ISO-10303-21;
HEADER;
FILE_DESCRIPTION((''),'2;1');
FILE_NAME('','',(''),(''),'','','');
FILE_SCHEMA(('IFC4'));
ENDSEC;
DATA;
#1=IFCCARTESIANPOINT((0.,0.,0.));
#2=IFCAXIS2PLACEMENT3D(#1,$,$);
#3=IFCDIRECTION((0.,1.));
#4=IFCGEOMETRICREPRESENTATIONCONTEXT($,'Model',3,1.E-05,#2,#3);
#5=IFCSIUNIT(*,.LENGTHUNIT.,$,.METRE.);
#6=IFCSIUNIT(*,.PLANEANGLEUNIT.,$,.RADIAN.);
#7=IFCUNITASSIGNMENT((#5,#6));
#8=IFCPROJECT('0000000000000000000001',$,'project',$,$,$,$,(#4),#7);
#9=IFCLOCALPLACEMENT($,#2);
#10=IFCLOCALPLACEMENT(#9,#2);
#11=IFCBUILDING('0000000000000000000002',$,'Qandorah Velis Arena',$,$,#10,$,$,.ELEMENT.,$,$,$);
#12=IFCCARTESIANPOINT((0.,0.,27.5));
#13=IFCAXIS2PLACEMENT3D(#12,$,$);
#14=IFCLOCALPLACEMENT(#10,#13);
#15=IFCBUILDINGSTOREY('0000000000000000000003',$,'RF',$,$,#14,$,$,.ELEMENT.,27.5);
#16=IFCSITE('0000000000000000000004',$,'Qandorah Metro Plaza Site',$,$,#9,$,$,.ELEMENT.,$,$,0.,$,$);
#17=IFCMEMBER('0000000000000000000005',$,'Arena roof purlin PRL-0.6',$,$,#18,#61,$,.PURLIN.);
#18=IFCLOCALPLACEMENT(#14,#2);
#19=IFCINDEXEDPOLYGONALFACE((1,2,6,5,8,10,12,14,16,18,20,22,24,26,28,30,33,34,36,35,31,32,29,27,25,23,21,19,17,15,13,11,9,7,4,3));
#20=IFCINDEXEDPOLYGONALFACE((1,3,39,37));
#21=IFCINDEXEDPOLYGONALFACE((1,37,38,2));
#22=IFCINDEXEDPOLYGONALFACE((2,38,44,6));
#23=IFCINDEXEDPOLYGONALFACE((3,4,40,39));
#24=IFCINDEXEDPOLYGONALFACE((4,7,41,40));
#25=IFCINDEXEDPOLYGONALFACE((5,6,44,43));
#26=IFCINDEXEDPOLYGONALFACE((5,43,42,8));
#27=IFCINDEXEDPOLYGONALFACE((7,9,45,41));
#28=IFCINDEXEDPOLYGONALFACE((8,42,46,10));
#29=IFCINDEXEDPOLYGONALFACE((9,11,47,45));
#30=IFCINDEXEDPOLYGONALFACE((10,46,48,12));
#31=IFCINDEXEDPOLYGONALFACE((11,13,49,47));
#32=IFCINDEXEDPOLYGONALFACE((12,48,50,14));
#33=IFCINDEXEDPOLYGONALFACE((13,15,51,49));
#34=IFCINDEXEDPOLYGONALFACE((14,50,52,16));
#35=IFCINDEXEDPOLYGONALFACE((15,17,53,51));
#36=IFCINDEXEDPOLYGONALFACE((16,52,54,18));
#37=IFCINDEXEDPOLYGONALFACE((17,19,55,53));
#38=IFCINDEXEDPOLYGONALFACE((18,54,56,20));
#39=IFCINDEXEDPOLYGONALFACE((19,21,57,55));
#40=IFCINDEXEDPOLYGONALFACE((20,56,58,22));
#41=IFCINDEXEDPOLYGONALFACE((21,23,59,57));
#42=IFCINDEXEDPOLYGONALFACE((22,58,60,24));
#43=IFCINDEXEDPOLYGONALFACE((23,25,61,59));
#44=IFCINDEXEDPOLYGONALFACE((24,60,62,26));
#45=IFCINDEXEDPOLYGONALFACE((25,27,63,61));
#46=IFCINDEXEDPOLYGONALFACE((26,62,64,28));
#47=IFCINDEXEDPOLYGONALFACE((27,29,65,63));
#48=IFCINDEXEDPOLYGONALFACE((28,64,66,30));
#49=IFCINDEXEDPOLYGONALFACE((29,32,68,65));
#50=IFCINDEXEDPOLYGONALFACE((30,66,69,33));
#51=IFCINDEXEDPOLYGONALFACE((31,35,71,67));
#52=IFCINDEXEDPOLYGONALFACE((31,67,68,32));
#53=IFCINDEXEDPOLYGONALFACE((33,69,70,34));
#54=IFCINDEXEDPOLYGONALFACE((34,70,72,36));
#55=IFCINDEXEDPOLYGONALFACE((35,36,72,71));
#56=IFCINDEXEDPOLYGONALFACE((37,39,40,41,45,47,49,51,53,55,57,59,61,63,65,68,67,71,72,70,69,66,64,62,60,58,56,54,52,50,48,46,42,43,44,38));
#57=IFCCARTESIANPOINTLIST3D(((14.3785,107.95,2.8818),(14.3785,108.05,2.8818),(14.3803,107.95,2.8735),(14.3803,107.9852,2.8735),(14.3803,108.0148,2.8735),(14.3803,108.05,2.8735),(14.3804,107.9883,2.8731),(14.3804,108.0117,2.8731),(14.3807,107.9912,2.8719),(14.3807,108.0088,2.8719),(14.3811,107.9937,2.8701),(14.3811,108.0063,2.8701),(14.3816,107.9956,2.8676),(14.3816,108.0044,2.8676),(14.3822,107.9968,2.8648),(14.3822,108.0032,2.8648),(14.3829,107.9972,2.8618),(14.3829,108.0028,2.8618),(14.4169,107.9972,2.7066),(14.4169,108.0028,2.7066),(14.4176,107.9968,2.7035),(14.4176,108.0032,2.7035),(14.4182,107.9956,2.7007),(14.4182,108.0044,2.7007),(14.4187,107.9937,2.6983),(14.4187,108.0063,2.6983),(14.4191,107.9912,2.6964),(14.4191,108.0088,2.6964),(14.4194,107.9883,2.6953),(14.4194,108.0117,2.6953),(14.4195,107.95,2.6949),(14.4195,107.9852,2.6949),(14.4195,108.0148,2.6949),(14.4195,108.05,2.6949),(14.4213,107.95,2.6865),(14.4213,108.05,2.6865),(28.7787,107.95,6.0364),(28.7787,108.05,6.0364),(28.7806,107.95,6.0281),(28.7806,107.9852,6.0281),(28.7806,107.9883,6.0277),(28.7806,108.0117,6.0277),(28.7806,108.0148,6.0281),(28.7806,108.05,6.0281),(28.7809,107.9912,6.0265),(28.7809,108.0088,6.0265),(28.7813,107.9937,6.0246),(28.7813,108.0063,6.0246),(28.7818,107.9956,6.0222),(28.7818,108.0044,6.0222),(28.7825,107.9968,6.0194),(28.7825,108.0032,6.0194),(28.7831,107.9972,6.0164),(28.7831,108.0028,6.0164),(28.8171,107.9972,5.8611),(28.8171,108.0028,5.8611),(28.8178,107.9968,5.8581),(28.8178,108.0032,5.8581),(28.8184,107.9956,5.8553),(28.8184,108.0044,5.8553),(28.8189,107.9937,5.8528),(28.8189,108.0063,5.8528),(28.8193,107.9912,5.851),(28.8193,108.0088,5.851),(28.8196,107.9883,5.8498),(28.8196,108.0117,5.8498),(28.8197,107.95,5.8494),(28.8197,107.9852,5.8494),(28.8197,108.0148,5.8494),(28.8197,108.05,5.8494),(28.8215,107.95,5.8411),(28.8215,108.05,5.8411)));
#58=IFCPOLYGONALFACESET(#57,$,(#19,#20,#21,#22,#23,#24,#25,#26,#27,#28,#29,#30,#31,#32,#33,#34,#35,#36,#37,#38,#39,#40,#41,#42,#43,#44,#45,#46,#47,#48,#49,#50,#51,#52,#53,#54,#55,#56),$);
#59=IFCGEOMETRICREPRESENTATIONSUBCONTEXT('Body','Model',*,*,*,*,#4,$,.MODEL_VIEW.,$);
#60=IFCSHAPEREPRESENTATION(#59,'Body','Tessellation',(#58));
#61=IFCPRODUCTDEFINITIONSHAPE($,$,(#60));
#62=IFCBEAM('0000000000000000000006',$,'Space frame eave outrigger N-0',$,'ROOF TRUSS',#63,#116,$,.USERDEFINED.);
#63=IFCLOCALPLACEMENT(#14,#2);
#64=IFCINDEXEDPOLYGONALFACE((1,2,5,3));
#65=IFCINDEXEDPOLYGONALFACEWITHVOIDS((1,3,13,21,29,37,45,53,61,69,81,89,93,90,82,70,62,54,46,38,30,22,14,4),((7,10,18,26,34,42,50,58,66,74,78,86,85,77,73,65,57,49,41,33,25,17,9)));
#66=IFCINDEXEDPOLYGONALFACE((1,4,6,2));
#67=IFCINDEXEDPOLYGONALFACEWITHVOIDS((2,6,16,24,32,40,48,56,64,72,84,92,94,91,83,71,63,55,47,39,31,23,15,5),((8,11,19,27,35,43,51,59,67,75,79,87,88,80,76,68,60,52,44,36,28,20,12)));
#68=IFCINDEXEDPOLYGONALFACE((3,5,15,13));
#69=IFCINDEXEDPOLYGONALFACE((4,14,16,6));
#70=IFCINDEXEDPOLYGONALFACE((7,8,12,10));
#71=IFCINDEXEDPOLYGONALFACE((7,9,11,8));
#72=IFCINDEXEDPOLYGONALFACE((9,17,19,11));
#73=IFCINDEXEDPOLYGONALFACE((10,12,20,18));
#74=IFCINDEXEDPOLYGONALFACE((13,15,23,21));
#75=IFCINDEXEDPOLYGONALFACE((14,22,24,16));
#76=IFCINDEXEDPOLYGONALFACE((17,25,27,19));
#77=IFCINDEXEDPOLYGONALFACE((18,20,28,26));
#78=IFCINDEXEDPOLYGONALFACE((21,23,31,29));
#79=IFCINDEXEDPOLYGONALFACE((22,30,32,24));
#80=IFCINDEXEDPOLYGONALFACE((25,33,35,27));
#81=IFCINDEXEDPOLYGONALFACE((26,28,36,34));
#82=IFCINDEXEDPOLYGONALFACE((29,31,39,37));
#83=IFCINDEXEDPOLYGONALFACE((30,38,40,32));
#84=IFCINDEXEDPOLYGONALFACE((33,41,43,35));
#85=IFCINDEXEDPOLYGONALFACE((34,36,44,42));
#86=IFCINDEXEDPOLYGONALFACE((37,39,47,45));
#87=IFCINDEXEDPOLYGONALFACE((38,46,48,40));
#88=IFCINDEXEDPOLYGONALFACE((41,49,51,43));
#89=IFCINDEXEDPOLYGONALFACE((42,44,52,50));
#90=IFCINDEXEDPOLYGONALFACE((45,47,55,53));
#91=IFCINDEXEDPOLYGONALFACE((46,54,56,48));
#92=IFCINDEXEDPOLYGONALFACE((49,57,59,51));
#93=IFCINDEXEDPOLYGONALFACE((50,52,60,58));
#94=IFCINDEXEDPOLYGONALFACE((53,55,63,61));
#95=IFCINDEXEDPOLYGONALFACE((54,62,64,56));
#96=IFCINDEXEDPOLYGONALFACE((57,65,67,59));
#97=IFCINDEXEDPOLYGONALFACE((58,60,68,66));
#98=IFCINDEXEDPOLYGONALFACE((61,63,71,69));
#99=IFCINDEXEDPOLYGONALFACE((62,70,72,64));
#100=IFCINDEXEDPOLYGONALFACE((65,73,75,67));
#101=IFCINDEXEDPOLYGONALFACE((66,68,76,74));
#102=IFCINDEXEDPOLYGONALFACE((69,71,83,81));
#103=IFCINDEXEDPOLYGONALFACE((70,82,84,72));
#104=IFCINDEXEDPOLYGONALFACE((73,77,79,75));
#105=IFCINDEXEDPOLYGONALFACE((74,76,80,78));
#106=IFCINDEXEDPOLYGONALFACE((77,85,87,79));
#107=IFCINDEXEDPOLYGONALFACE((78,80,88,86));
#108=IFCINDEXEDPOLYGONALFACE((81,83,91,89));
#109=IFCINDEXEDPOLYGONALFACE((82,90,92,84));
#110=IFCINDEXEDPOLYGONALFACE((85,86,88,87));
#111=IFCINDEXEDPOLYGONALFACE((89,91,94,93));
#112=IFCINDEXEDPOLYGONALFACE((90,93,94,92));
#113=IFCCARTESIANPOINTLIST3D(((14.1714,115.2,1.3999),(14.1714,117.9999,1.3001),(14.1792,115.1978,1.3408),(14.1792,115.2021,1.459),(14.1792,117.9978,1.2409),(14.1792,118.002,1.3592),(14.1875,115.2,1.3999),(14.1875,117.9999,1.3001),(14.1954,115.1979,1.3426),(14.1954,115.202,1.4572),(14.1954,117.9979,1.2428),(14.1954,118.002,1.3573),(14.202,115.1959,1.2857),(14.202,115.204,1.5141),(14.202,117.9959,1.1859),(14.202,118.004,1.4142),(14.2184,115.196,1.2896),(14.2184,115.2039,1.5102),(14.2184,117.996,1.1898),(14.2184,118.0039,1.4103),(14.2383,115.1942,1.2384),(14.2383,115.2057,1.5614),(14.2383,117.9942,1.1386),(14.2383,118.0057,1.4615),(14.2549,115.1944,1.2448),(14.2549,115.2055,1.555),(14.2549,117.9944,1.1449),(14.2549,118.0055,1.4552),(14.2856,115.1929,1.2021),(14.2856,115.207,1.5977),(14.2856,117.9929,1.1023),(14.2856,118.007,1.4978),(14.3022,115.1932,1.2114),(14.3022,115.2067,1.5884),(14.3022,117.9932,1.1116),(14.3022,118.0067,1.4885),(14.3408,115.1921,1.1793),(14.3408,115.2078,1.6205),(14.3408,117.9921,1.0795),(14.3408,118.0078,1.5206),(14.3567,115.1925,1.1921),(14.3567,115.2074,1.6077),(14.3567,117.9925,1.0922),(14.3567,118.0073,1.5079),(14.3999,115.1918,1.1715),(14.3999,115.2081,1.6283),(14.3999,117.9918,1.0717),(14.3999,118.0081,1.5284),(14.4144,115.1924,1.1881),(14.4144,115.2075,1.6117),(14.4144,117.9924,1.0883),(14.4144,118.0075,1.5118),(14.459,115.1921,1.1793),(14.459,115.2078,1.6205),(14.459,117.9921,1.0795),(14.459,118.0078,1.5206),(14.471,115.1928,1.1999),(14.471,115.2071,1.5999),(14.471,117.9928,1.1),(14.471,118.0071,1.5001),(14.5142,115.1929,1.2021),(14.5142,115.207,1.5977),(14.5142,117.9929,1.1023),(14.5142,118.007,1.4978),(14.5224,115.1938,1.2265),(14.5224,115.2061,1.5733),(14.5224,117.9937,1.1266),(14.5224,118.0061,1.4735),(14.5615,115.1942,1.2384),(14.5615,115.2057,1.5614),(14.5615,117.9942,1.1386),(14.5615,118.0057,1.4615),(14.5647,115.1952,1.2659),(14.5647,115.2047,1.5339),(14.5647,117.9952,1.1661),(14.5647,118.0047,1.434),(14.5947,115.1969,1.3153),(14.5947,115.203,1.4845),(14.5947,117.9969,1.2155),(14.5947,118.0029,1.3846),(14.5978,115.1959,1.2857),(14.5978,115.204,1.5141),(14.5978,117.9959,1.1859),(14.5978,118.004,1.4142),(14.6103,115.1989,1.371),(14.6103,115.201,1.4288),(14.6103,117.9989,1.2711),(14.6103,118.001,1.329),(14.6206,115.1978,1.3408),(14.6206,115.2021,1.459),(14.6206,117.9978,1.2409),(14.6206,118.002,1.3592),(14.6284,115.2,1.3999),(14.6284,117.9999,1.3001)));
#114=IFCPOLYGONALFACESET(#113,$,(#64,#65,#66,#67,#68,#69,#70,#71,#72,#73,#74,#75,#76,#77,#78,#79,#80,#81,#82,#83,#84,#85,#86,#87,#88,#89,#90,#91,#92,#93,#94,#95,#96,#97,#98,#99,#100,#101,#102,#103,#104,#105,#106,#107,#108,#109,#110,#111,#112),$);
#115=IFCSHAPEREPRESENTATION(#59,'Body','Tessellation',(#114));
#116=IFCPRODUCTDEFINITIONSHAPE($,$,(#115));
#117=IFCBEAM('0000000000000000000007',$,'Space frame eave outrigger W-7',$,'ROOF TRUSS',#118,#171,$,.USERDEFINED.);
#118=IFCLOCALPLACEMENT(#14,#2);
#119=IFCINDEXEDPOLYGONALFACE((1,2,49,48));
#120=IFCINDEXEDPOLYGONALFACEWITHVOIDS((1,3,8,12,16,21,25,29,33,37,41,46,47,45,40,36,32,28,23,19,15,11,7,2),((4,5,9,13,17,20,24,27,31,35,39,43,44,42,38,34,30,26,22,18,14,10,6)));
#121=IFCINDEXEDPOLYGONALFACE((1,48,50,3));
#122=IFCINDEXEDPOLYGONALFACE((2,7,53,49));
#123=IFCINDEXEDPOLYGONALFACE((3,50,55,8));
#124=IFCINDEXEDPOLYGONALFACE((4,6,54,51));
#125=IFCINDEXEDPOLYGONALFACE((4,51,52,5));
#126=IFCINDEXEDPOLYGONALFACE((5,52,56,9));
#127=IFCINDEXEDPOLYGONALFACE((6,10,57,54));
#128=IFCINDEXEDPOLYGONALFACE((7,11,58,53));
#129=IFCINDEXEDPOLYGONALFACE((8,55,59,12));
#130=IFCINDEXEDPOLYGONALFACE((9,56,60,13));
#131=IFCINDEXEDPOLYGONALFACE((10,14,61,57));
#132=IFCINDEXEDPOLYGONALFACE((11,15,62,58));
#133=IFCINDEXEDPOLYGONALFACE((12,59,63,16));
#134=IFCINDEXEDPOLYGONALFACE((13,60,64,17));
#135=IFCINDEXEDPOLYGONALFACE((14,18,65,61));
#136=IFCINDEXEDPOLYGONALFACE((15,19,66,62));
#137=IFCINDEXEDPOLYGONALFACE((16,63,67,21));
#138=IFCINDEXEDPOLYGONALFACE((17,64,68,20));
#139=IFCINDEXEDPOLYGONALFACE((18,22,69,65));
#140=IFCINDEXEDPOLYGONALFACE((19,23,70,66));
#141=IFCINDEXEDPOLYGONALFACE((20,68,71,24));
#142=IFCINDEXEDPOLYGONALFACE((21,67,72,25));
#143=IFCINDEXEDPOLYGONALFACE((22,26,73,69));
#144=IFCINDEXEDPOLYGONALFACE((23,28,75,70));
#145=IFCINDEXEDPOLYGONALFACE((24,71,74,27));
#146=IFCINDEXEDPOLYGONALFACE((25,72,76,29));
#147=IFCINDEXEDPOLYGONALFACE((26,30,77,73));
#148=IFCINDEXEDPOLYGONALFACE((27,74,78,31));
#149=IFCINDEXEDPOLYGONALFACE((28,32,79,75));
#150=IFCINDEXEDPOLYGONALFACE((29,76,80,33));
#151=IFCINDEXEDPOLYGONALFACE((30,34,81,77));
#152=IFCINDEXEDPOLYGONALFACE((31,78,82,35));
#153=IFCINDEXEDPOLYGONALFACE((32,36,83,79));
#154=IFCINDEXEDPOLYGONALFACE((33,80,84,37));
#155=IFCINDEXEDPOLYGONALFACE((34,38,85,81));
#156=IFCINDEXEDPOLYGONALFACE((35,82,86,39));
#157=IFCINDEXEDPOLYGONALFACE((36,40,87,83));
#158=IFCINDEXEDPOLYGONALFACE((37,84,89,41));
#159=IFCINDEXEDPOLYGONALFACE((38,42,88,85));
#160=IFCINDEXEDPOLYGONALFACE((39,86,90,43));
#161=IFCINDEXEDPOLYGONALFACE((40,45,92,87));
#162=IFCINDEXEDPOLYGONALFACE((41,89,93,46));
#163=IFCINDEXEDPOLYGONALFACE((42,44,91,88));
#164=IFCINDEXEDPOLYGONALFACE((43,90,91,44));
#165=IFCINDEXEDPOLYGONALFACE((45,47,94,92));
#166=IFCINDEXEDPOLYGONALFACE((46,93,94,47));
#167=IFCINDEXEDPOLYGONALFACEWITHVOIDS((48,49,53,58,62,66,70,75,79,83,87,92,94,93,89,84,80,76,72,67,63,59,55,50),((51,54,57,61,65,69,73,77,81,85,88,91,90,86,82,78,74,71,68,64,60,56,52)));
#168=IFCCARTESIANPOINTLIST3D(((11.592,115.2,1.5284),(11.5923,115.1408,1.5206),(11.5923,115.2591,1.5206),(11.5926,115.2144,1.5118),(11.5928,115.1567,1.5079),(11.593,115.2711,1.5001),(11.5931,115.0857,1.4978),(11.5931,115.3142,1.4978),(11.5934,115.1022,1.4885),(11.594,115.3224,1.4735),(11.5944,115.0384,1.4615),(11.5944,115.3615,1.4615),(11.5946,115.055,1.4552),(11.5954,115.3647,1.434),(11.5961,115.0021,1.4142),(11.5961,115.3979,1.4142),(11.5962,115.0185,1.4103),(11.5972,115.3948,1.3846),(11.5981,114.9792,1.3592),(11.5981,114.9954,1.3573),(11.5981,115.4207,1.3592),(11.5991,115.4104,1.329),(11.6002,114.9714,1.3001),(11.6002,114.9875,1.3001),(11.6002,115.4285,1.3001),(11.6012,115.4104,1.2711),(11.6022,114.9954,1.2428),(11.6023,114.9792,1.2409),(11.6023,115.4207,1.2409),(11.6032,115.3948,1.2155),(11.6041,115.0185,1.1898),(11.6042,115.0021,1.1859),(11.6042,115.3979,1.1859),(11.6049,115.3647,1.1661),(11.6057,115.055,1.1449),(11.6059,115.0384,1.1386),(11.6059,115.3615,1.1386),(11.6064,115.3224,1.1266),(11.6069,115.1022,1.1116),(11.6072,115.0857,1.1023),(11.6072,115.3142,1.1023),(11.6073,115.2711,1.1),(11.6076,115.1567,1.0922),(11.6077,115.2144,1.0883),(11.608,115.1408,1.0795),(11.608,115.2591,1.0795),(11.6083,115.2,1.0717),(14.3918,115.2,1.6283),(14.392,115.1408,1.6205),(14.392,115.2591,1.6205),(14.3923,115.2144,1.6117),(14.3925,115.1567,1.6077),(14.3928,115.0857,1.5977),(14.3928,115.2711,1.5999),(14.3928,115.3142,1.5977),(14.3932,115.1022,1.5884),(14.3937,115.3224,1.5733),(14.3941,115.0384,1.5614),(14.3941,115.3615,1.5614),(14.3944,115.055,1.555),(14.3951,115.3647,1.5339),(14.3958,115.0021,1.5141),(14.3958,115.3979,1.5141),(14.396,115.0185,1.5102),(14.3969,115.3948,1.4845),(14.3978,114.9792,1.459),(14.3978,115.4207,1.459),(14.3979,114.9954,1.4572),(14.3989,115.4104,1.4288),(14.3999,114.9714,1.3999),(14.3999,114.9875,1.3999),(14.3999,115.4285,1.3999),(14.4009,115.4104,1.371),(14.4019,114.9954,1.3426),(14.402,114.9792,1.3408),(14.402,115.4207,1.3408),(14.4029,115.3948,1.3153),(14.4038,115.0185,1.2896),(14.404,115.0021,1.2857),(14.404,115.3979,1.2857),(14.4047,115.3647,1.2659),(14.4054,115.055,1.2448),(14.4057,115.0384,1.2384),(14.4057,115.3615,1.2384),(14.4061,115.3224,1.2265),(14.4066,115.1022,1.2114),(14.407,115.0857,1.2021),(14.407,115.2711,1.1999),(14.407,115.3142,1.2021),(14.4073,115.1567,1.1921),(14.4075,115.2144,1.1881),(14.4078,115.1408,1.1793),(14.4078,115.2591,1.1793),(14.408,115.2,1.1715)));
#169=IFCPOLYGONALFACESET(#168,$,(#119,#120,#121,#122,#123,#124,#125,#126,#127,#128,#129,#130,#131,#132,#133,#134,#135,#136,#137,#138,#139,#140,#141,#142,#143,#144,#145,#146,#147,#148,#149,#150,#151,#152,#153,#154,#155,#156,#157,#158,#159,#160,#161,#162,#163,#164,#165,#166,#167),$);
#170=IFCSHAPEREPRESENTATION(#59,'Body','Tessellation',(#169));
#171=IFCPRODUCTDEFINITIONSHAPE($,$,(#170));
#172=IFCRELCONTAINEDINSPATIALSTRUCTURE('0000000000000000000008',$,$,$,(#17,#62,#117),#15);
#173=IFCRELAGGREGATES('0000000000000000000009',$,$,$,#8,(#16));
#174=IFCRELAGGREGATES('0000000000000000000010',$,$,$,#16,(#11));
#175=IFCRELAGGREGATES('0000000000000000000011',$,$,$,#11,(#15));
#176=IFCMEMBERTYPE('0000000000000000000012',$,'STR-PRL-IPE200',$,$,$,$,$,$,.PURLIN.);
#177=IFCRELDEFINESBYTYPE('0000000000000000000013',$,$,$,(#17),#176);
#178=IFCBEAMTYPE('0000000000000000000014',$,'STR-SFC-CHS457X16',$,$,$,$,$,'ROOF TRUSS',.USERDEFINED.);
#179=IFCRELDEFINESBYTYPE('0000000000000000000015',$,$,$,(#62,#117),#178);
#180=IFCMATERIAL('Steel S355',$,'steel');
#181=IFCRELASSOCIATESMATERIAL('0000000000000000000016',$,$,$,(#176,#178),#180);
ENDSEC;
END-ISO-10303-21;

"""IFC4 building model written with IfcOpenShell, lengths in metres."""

from ifc_helpers import new_model, si_unit, direction, frame, origin, origin_2d, place, context, subcontext, project, spatial, hollow_circle, i_section, extrude, material, material_profile, profile_set, type_object, element, save


model = new_model("IFC4")

# Units and contexts
model_context = context("Model", 3, precision=1e-05, world=origin(), true_north=direction((0.0, 1.0)))
body_context = subcontext(model_context, "Body", "Model", "MODEL_VIEW")
ifc_project = project(units=[si_unit("LENGTHUNIT", "METRE"), si_unit("PLANEANGLEUNIT", "RADIAN")], contexts=[model_context])

# Site, building, storey
site_placement = place(None, origin())
site = spatial("IfcSite", under=ifc_project, at=site_placement, Name="Qandorah Metro Plaza Site", CompositionType="ELEMENT", RefElevation=0.0)
building_placement = place(site_placement, origin())
building = spatial("IfcBuilding", under=site, at=building_placement, Name="Qandorah Velis Arena", CompositionType="ELEMENT")
storey_placement = place(building_placement, frame((0.0, 0.0, 27.5)))
storey = spatial("IfcBuildingStorey", under=building, at=storey_placement, Name="RF", CompositionType="ELEMENT", Elevation=27.5)

# Member
ifc_material_1 = material(Name="Steel S355", Category="steel")
ifc_material_profile_1 = material_profile(ifc_material_1, i_section(OverallWidth=0.1001, OverallDepth=0.2, WebThickness=0.0056, FlangeThickness=0.0085, FilletRadius=0.012, at=origin_2d()), Name="IPE 200")
ifc_profile_set_1 = profile_set([ifc_material_profile_1], Name="Steel S355")
member_type_1 = type_object("IfcMemberType", Name="STR-PRL-IPE200", PredefinedType="PURLIN", material=ifc_profile_set_1)
member_1_placement = place(storey_placement, frame((14.3999, 108.0, 2.7842), z_axis=(0.976836, 0.0, 0.213989), x_axis=(0.0, 1.0, 0.0)))
element("IfcMember", 1, at=member_1_placement, inside=storey, type_object=member_type_1, Name="Arena roof purlin PRL-0.6", PredefinedType="PURLIN", context=body_context, shape_type="SweptSolid", body=[
    extrude(i_section(OverallWidth=0.1001, OverallDepth=0.2, WebThickness=0.0056, FlangeThickness=0.0085, FilletRadius=0.012, at=origin_2d()), origin(), (0.0, 0.0, 1.0), 14.7417),
])

# Beams
ifc_material_profile_2 = material_profile(ifc_material_1, hollow_circle(Radius=0.2285, WallThickness=0.0161, at=origin_2d()), Name="CHS 457x16")
ifc_profile_set_2 = profile_set([ifc_material_profile_2], Name="Steel S355")
beam_type_1 = type_object("IfcBeamType", Name="STR-SFC-CHS457X16", ElementType="ROOF TRUSS", PredefinedType="USERDEFINED", material=ifc_profile_set_2)
beam_1_placement = place(storey_placement, frame((14.3999, 115.2, 1.3999), z_axis=(0.0, 0.999365, -0.035639), x_axis=(-1.0, 0.0, 0.0)))
element("IfcBeam", 2, at=beam_1_placement, inside=storey, type_object=beam_type_1, Name="Space frame eave outrigger N-0", ObjectType="ROOF TRUSS", PredefinedType="USERDEFINED", context=body_context, shape_type="SweptSolid", body=[
    extrude(hollow_circle(Radius=0.2285, WallThickness=0.0161, at=origin_2d()), origin(), (0.0, 0.0, 1.0), 2.8018),
])
beam_2_placement = place(storey_placement, frame((14.3999, 115.2, 1.3999), z_axis=(-0.999365, 0.0, -0.035642), x_axis=(0.0, -1.0, 0.0)))
element("IfcBeam", 3, at=beam_2_placement, inside=storey, type_object=beam_type_1, Name="Space frame eave outrigger W-7", ObjectType="ROOF TRUSS", PredefinedType="USERDEFINED", context=body_context, shape_type="SweptSolid", body=[
    extrude(hollow_circle(Radius=0.2285, WallThickness=0.0161, at=origin_2d()), origin(), (0.0, 0.0, 1.0), 2.8015),
])

save(model, "model.ifc")
